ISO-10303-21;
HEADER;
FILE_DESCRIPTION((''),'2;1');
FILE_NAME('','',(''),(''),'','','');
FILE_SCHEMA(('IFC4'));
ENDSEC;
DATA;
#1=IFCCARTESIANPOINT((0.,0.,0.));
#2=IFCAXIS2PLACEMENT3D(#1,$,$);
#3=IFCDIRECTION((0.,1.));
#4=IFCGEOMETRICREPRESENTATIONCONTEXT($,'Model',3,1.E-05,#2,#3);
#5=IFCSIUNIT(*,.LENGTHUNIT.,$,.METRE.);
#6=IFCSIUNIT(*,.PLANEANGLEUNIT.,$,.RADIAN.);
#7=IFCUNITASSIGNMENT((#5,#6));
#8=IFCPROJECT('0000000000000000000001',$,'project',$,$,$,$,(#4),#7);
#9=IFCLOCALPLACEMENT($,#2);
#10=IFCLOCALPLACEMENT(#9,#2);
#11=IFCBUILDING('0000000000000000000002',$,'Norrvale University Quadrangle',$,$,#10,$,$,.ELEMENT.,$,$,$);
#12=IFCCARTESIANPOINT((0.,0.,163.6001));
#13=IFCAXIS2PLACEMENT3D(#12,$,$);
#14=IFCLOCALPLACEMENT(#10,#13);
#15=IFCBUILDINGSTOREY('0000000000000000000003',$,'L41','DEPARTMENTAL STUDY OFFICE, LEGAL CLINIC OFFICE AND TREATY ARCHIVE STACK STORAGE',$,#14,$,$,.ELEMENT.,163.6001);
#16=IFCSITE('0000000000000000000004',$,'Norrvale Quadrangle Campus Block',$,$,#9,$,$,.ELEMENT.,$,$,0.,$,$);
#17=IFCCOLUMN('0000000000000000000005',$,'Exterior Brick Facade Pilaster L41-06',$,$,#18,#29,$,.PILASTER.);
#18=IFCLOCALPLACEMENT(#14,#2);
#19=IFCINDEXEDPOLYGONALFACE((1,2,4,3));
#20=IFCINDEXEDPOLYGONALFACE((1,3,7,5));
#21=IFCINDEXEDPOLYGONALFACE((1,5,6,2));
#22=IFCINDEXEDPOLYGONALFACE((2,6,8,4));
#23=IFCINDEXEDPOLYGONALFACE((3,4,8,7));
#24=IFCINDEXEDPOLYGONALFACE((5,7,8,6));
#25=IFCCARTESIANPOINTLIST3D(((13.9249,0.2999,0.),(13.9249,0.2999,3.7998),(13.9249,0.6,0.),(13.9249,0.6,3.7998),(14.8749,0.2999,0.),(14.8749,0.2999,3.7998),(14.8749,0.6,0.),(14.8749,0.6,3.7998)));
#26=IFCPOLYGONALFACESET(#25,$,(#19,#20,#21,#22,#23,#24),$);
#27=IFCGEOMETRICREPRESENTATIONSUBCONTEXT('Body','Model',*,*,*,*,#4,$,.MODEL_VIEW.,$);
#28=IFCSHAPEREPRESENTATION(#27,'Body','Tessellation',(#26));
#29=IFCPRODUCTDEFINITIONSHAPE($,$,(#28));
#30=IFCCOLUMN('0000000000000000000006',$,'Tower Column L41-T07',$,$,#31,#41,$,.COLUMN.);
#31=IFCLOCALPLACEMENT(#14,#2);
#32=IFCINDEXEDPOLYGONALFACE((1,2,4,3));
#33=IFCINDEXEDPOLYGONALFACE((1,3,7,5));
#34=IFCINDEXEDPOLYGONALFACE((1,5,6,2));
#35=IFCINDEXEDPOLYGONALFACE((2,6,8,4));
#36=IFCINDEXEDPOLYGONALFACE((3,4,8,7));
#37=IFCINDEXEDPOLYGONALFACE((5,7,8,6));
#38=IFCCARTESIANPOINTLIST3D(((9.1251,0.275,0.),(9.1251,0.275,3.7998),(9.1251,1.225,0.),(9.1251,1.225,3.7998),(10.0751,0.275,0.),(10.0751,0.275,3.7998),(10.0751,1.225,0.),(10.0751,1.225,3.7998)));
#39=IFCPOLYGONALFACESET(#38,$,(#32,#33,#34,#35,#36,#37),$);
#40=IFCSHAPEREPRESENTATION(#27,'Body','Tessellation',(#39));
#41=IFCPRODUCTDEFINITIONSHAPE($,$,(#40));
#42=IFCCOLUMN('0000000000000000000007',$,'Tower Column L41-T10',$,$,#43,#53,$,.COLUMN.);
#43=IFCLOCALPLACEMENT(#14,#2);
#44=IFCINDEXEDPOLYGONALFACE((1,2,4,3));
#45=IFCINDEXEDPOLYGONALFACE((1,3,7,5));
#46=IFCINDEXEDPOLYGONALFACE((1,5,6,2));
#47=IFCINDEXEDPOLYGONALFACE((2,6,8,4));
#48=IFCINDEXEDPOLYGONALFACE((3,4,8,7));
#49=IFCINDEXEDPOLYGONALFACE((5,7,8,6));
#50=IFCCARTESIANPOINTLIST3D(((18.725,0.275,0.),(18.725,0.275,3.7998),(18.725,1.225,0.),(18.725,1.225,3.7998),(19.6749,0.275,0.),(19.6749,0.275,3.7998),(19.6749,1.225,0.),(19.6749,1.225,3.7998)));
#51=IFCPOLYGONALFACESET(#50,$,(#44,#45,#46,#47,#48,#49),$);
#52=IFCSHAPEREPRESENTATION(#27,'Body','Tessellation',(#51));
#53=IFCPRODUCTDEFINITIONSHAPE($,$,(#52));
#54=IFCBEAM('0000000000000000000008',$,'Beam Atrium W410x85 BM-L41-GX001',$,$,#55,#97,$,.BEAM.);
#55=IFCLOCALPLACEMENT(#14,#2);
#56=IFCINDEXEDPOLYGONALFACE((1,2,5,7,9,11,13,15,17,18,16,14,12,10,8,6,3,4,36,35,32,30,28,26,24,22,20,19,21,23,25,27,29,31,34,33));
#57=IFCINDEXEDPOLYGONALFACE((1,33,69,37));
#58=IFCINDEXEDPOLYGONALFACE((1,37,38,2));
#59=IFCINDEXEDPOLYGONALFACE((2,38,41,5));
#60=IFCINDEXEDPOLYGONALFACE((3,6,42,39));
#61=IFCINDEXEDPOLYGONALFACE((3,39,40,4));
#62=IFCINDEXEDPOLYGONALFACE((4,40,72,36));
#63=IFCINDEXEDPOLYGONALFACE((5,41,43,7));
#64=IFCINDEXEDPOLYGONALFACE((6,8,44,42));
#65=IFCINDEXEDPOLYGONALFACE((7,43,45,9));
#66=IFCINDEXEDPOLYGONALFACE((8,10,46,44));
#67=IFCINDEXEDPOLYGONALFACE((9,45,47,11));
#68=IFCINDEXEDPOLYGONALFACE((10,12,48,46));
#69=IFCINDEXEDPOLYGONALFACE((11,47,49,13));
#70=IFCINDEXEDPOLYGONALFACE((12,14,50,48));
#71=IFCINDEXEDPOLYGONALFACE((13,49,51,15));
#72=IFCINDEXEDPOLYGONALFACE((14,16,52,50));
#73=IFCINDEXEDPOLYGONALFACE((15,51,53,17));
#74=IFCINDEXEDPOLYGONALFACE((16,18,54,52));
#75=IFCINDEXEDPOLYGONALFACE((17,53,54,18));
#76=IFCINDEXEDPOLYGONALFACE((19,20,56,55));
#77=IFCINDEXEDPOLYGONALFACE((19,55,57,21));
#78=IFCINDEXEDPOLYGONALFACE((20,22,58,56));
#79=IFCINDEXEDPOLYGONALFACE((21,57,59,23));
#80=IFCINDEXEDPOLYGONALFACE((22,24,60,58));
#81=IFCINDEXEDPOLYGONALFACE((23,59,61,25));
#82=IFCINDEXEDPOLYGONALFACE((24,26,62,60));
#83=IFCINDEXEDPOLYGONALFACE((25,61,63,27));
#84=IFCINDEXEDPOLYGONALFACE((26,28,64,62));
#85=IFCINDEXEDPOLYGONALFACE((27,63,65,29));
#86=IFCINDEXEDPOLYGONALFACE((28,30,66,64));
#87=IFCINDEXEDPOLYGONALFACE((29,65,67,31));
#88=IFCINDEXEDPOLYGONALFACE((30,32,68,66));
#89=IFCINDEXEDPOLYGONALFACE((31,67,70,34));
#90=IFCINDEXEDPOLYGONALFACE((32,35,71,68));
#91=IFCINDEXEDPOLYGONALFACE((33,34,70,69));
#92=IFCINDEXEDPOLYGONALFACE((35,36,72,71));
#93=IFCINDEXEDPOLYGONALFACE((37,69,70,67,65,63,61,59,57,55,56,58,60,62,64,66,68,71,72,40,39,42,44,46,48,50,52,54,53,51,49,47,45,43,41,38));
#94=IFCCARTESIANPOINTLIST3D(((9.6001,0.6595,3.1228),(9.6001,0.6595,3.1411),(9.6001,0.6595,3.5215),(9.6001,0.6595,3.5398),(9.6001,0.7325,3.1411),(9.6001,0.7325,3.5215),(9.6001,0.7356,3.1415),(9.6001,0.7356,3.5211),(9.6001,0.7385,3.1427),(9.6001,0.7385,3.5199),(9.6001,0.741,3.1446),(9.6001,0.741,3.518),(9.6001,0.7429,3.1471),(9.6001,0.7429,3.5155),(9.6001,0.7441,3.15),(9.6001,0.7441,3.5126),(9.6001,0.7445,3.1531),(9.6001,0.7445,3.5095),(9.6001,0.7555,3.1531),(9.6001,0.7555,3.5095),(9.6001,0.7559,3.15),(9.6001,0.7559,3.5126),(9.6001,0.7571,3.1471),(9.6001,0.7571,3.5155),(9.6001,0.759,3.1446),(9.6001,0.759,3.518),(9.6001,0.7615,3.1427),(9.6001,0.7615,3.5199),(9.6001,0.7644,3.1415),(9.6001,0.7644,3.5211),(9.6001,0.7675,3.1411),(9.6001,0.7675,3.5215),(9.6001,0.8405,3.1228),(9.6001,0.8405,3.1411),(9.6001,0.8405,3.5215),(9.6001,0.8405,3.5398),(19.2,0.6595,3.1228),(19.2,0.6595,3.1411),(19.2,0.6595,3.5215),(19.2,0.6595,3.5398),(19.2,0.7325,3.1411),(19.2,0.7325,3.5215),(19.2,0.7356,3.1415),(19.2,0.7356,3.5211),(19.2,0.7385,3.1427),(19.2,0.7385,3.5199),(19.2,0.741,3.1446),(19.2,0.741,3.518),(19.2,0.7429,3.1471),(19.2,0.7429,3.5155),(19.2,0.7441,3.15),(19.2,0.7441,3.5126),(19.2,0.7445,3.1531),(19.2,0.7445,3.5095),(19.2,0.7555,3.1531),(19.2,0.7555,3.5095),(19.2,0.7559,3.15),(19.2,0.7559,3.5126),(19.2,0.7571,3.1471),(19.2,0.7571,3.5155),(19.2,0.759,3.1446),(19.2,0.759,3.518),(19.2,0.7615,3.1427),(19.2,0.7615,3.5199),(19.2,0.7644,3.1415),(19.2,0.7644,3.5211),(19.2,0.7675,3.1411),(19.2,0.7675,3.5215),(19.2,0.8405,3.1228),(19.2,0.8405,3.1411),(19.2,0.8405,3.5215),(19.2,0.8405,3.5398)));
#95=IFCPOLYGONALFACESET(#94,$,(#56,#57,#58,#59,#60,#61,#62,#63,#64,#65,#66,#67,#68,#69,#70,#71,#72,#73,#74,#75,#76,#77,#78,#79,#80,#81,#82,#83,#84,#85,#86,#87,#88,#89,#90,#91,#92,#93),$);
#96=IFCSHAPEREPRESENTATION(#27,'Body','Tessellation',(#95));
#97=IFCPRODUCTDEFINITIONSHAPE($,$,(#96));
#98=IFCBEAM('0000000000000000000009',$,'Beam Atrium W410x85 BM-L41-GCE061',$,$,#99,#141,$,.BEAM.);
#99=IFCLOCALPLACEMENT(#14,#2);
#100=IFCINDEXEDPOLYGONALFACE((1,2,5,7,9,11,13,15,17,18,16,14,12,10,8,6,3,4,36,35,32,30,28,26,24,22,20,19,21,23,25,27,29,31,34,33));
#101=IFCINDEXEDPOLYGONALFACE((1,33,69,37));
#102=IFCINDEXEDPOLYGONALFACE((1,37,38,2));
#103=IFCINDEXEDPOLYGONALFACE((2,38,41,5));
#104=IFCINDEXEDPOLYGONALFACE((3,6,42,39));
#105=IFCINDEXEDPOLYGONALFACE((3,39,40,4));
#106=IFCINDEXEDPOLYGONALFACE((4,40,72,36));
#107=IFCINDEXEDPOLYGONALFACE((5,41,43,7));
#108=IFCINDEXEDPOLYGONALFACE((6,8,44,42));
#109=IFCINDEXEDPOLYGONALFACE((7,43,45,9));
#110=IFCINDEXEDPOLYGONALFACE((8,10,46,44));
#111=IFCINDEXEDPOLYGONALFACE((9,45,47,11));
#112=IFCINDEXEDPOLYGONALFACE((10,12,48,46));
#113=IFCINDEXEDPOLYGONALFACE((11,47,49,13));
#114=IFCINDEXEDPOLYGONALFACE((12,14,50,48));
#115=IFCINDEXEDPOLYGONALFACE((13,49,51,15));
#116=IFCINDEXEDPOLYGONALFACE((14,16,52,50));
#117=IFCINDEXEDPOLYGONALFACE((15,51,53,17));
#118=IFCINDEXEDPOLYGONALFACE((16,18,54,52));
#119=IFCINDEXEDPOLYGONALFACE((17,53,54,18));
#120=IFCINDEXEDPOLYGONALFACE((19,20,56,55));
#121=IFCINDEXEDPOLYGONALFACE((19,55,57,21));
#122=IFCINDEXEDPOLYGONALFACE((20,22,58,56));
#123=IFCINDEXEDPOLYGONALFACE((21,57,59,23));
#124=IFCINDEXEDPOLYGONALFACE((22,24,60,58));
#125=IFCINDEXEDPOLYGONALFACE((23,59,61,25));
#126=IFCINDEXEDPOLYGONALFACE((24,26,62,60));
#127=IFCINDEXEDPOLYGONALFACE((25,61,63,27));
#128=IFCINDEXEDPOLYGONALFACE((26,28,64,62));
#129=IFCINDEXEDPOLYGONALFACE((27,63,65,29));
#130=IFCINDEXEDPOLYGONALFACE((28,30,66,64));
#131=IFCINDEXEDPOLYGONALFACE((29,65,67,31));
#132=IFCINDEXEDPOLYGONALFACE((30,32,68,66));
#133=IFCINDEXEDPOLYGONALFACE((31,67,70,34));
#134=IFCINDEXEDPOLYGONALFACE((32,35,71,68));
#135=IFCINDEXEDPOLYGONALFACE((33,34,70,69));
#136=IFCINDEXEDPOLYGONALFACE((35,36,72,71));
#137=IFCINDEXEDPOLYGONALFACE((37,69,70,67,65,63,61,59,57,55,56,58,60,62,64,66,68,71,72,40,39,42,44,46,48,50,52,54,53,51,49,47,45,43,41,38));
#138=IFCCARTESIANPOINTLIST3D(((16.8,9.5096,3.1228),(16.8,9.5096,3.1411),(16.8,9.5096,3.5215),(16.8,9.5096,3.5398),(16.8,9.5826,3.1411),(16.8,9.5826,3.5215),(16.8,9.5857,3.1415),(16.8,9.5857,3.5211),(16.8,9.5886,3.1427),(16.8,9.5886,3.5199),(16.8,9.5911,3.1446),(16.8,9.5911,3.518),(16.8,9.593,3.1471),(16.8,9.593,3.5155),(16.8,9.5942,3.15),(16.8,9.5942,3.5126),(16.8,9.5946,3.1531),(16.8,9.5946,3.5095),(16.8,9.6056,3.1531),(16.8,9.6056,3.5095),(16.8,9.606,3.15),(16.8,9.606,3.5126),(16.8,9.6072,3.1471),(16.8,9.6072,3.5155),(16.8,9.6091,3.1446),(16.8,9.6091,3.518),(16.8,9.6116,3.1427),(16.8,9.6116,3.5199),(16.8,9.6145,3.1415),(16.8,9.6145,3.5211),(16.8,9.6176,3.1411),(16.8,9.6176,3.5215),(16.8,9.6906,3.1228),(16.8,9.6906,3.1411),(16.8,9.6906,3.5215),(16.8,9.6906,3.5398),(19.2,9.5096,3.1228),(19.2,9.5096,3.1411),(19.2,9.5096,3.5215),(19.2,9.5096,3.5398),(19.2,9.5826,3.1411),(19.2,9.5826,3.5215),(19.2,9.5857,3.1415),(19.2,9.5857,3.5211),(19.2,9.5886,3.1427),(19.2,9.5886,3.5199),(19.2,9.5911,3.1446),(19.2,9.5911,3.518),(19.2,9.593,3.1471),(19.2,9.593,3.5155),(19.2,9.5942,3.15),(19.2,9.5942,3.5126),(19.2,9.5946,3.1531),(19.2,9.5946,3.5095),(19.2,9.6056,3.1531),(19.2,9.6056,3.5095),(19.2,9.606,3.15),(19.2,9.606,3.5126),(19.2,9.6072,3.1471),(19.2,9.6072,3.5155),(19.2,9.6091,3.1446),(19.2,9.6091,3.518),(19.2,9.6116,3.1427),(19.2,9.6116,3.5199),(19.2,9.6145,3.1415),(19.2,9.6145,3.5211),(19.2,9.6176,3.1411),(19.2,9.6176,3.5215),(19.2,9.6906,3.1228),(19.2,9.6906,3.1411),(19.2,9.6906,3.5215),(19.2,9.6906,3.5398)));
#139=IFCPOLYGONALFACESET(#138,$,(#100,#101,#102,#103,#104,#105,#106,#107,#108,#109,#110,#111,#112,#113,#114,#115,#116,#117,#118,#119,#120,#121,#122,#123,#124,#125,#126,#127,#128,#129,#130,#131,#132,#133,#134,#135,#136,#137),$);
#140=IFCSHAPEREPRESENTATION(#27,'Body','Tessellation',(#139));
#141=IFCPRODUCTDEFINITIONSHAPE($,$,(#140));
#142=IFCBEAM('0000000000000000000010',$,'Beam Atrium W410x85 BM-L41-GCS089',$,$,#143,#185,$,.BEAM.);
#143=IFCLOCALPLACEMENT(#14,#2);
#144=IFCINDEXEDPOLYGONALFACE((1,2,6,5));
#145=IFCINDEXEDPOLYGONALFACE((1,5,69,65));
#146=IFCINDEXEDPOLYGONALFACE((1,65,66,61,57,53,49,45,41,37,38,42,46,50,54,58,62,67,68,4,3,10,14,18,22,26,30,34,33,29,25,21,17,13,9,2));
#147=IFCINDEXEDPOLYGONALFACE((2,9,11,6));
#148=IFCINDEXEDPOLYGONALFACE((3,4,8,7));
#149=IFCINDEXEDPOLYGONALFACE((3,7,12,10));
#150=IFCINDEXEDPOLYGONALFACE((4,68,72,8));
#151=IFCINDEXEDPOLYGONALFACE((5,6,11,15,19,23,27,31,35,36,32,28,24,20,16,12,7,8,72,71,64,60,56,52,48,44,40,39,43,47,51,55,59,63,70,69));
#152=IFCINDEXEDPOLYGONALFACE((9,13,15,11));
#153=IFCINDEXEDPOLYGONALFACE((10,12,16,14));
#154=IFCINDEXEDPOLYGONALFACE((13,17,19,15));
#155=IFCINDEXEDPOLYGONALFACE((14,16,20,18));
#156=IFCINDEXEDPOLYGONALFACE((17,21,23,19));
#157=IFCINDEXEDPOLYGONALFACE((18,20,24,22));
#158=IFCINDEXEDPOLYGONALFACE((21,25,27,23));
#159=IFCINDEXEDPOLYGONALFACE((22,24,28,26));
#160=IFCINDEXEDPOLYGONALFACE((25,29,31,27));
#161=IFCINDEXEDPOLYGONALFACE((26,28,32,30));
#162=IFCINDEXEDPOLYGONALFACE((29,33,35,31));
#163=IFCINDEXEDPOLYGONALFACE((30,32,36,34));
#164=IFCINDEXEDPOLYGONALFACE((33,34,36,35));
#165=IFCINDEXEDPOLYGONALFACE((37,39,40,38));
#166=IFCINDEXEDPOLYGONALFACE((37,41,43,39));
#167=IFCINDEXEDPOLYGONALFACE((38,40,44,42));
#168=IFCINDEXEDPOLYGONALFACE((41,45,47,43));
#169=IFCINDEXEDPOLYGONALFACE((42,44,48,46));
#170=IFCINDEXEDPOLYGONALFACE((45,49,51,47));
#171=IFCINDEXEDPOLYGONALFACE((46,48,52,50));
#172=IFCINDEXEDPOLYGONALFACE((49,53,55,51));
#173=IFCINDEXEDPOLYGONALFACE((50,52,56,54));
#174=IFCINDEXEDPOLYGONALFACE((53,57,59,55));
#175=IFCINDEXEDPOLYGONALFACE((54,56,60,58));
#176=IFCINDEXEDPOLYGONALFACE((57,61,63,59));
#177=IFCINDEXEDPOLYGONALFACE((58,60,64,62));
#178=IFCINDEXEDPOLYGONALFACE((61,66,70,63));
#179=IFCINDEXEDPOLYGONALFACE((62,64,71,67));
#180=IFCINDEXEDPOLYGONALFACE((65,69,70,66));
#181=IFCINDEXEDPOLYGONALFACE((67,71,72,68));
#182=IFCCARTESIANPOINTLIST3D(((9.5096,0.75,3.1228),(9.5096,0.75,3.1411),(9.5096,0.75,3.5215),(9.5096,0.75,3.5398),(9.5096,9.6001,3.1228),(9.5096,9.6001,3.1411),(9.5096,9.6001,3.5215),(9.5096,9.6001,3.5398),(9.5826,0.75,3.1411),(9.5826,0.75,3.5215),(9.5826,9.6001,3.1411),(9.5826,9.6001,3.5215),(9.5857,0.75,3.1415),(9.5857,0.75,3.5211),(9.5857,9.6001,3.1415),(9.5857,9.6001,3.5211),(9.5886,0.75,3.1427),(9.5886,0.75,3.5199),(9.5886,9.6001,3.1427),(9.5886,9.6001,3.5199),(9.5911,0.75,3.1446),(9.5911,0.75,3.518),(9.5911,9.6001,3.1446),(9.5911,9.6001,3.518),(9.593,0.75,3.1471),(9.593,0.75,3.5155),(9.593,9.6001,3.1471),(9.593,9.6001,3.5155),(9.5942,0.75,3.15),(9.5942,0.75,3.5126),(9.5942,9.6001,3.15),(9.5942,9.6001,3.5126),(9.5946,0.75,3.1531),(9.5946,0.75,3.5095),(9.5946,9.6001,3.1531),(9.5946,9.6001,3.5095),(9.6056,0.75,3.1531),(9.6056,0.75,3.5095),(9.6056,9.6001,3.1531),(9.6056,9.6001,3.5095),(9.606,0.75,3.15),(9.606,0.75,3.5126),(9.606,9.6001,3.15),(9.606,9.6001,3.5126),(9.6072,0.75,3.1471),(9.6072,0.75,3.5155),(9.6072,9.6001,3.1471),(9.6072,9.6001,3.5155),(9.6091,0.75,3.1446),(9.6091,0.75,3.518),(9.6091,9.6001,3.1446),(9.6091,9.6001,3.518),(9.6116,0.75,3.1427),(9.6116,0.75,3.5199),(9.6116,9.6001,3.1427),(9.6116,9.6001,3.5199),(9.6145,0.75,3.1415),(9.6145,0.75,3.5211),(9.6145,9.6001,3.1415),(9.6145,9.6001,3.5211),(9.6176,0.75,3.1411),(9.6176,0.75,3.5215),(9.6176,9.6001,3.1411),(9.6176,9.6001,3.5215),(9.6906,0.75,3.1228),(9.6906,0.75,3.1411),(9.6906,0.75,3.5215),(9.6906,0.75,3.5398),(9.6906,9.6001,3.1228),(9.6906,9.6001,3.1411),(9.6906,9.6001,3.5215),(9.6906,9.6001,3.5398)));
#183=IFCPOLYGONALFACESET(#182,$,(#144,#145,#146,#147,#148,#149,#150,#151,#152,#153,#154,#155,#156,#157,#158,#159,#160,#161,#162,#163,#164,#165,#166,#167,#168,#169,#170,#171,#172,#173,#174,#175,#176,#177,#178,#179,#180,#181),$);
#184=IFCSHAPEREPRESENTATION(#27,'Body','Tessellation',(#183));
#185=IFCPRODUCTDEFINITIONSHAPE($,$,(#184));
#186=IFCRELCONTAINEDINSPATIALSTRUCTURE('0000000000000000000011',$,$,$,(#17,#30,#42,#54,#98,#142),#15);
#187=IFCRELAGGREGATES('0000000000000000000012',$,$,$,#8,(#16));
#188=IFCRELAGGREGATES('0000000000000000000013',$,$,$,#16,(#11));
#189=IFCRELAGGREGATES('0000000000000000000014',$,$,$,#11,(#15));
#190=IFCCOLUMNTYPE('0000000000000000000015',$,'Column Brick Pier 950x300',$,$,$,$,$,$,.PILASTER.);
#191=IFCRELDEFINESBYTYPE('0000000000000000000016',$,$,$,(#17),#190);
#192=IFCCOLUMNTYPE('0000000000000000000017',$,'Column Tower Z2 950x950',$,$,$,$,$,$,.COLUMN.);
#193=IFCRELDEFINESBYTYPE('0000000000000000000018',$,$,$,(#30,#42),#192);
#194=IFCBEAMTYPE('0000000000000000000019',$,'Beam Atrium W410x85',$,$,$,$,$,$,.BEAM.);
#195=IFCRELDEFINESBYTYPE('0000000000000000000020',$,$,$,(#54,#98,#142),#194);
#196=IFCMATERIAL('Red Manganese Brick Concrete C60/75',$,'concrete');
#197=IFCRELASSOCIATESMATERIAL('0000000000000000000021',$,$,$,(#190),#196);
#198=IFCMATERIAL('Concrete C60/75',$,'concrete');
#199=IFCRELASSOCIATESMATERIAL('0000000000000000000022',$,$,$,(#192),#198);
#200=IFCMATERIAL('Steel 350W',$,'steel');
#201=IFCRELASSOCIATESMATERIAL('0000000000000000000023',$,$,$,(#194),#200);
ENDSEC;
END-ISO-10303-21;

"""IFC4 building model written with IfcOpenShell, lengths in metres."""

from ifc_helpers import new_model, si_unit, direction, frame, origin, origin_2d, place, context, subcontext, project, spatial, rectangle, i_section, extrude, material, material_profile, profile_set, type_object, element, save


model = new_model("IFC4")

# Units and contexts
model_context = context("Model", 3, precision=1e-05, world=origin(), true_north=direction((0.0, 1.0)))
body_context = subcontext(model_context, "Body", "Model", "MODEL_VIEW")
ifc_project = project(units=[si_unit("LENGTHUNIT", "METRE"), si_unit("PLANEANGLEUNIT", "RADIAN")], contexts=[model_context])

# Site, building, storey
site_placement = place(None, origin())
site = spatial("IfcSite", under=ifc_project, at=site_placement, Name="Norrvale Quadrangle Campus Block", CompositionType="ELEMENT", RefElevation=0.0)
building_placement = place(site_placement, origin())
building = spatial("IfcBuilding", under=site, at=building_placement, Name="Norrvale University Quadrangle", CompositionType="ELEMENT")
storey_placement = place(building_placement, frame((0.0, 0.0, 163.6001)))
storey = spatial("IfcBuildingStorey", under=building, at=storey_placement, Name="L41", Description="DEPARTMENTAL STUDY OFFICE, LEGAL CLINIC OFFICE AND TREATY ARCHIVE STACK STORAGE", CompositionType="ELEMENT", Elevation=163.6001)

# Columns
ifc_material_1 = material(Name="Red Manganese Brick Concrete C60/75", Category="concrete")
ifc_material_profile_1 = material_profile(ifc_material_1, rectangle(XDim=0.95, YDim=0.3, at=origin_2d()), Name="Red Manganese Brick Concrete C60/75")
ifc_profile_set_1 = profile_set([ifc_material_profile_1], Name="Red Manganese Brick Concrete C60/75")
column_type_1 = type_object("IfcColumnType", Name="Column Brick Pier 950x300", PredefinedType="PILASTER", material=ifc_profile_set_1)
column_placement = place(storey_placement, frame((14.3999, 0.45, 0.0), z_axis=(0.0, 0.0, 1.0), x_axis=(1.0, 0.0, 0.0)))
element("IfcColumn", 1, at=column_placement, inside=storey, type_object=column_type_1, Name="Exterior Brick Facade Pilaster L41-06", PredefinedType="PILASTER", context=body_context, shape_type="SweptSolid", body=[
    extrude(rectangle(XDim=0.95, YDim=0.3, at=origin_2d()), origin(), (0.0, 0.0, 1.0), 3.7998),
])
ifc_material_2 = material(Name="Concrete C60/75", Category="concrete")
ifc_material_profile_2 = material_profile(ifc_material_2, rectangle(XDim=0.95, YDim=0.95, at=origin_2d()), Name="Concrete C60/75")
ifc_profile_set_2 = profile_set([ifc_material_profile_2], Name="Concrete C60/75")
column_type_2 = type_object("IfcColumnType", Name="Column Tower Z2 950x950", PredefinedType="COLUMN", material=ifc_profile_set_2)
for number, where, z_axis, x_axis, name in (
    (2, (9.6001, 0.75, 0.0), (0.0, 0.0, 1.0), (1.0, 0.0, 0.0), "Tower Column L41-T07"),
    (3, (19.2, 0.75, 0.0), (0.0, 0.0, 1.0), (1.0, 0.0, 0.0), "Tower Column L41-T10"),
):
    element("IfcColumn", number, at=place(storey_placement, frame(where, z_axis=z_axis, x_axis=x_axis)), inside=storey, type_object=column_type_2, Name=name, PredefinedType="COLUMN", context=body_context, shape_type="SweptSolid", body=[
        extrude(rectangle(XDim=0.95, YDim=0.95, at=origin_2d()), origin(), (0.0, 0.0, 1.0), 3.7998),
    ])

# Beams
ifc_material_3 = material(Name="Steel 350W", Category="steel")
ifc_material_profile_3 = material_profile(ifc_material_3, i_section(OverallWidth=0.1809, OverallDepth=0.417, WebThickness=0.011, FlangeThickness=0.0183, FilletRadius=0.012, at=origin_2d()), Name="Steel 350W")
ifc_profile_set_3 = profile_set([ifc_material_profile_3], Name="Steel 350W")
beam_type_1 = type_object("IfcBeamType", Name="Beam Atrium W410x85", PredefinedType="BEAM", material=ifc_profile_set_3)
beam_1_placement = place(storey_placement, frame((9.6001, 0.75, 3.3313), z_axis=(1.0, 0.0, 0.0), x_axis=(0.0, 1.0, 0.0)))
element("IfcBeam", 4, at=beam_1_placement, inside=storey, type_object=beam_type_1, Name="Beam Atrium W410x85 BM-L41-GX001", PredefinedType="BEAM", context=body_context, shape_type="SweptSolid", body=[
    extrude(i_section(OverallWidth=0.1809, OverallDepth=0.417, WebThickness=0.011, FlangeThickness=0.0183, FilletRadius=0.012, at=origin_2d()), origin(), (0.0, 0.0, 1.0), 9.5999),
])
beam_2_placement = place(storey_placement, frame((16.8, 9.6001, 3.3313), z_axis=(1.0, 0.0, 0.0), x_axis=(0.0, 1.0, 0.0)))
element("IfcBeam", 5, at=beam_2_placement, inside=storey, type_object=beam_type_1, Name="Beam Atrium W410x85 BM-L41-GCE061", PredefinedType="BEAM", context=body_context, shape_type="SweptSolid", body=[
    extrude(i_section(OverallWidth=0.1809, OverallDepth=0.417, WebThickness=0.011, FlangeThickness=0.0183, FilletRadius=0.012, at=origin_2d()), origin(), (0.0, 0.0, 1.0), 2.3999),
])
beam_3_placement = place(storey_placement, frame((9.6001, 0.75, 3.3313), z_axis=(0.0, 1.0, 0.0), x_axis=(-1.0, 0.0, 0.0)))
element("IfcBeam", 6, at=beam_3_placement, inside=storey, type_object=beam_type_1, Name="Beam Atrium W410x85 BM-L41-GCS089", PredefinedType="BEAM", context=body_context, shape_type="SweptSolid", body=[
    extrude(i_section(OverallWidth=0.1809, OverallDepth=0.417, WebThickness=0.011, FlangeThickness=0.0183, FilletRadius=0.012, at=origin_2d()), origin(), (0.0, 0.0, 1.0), 8.8501),
])

save(model, "model.ifc")
